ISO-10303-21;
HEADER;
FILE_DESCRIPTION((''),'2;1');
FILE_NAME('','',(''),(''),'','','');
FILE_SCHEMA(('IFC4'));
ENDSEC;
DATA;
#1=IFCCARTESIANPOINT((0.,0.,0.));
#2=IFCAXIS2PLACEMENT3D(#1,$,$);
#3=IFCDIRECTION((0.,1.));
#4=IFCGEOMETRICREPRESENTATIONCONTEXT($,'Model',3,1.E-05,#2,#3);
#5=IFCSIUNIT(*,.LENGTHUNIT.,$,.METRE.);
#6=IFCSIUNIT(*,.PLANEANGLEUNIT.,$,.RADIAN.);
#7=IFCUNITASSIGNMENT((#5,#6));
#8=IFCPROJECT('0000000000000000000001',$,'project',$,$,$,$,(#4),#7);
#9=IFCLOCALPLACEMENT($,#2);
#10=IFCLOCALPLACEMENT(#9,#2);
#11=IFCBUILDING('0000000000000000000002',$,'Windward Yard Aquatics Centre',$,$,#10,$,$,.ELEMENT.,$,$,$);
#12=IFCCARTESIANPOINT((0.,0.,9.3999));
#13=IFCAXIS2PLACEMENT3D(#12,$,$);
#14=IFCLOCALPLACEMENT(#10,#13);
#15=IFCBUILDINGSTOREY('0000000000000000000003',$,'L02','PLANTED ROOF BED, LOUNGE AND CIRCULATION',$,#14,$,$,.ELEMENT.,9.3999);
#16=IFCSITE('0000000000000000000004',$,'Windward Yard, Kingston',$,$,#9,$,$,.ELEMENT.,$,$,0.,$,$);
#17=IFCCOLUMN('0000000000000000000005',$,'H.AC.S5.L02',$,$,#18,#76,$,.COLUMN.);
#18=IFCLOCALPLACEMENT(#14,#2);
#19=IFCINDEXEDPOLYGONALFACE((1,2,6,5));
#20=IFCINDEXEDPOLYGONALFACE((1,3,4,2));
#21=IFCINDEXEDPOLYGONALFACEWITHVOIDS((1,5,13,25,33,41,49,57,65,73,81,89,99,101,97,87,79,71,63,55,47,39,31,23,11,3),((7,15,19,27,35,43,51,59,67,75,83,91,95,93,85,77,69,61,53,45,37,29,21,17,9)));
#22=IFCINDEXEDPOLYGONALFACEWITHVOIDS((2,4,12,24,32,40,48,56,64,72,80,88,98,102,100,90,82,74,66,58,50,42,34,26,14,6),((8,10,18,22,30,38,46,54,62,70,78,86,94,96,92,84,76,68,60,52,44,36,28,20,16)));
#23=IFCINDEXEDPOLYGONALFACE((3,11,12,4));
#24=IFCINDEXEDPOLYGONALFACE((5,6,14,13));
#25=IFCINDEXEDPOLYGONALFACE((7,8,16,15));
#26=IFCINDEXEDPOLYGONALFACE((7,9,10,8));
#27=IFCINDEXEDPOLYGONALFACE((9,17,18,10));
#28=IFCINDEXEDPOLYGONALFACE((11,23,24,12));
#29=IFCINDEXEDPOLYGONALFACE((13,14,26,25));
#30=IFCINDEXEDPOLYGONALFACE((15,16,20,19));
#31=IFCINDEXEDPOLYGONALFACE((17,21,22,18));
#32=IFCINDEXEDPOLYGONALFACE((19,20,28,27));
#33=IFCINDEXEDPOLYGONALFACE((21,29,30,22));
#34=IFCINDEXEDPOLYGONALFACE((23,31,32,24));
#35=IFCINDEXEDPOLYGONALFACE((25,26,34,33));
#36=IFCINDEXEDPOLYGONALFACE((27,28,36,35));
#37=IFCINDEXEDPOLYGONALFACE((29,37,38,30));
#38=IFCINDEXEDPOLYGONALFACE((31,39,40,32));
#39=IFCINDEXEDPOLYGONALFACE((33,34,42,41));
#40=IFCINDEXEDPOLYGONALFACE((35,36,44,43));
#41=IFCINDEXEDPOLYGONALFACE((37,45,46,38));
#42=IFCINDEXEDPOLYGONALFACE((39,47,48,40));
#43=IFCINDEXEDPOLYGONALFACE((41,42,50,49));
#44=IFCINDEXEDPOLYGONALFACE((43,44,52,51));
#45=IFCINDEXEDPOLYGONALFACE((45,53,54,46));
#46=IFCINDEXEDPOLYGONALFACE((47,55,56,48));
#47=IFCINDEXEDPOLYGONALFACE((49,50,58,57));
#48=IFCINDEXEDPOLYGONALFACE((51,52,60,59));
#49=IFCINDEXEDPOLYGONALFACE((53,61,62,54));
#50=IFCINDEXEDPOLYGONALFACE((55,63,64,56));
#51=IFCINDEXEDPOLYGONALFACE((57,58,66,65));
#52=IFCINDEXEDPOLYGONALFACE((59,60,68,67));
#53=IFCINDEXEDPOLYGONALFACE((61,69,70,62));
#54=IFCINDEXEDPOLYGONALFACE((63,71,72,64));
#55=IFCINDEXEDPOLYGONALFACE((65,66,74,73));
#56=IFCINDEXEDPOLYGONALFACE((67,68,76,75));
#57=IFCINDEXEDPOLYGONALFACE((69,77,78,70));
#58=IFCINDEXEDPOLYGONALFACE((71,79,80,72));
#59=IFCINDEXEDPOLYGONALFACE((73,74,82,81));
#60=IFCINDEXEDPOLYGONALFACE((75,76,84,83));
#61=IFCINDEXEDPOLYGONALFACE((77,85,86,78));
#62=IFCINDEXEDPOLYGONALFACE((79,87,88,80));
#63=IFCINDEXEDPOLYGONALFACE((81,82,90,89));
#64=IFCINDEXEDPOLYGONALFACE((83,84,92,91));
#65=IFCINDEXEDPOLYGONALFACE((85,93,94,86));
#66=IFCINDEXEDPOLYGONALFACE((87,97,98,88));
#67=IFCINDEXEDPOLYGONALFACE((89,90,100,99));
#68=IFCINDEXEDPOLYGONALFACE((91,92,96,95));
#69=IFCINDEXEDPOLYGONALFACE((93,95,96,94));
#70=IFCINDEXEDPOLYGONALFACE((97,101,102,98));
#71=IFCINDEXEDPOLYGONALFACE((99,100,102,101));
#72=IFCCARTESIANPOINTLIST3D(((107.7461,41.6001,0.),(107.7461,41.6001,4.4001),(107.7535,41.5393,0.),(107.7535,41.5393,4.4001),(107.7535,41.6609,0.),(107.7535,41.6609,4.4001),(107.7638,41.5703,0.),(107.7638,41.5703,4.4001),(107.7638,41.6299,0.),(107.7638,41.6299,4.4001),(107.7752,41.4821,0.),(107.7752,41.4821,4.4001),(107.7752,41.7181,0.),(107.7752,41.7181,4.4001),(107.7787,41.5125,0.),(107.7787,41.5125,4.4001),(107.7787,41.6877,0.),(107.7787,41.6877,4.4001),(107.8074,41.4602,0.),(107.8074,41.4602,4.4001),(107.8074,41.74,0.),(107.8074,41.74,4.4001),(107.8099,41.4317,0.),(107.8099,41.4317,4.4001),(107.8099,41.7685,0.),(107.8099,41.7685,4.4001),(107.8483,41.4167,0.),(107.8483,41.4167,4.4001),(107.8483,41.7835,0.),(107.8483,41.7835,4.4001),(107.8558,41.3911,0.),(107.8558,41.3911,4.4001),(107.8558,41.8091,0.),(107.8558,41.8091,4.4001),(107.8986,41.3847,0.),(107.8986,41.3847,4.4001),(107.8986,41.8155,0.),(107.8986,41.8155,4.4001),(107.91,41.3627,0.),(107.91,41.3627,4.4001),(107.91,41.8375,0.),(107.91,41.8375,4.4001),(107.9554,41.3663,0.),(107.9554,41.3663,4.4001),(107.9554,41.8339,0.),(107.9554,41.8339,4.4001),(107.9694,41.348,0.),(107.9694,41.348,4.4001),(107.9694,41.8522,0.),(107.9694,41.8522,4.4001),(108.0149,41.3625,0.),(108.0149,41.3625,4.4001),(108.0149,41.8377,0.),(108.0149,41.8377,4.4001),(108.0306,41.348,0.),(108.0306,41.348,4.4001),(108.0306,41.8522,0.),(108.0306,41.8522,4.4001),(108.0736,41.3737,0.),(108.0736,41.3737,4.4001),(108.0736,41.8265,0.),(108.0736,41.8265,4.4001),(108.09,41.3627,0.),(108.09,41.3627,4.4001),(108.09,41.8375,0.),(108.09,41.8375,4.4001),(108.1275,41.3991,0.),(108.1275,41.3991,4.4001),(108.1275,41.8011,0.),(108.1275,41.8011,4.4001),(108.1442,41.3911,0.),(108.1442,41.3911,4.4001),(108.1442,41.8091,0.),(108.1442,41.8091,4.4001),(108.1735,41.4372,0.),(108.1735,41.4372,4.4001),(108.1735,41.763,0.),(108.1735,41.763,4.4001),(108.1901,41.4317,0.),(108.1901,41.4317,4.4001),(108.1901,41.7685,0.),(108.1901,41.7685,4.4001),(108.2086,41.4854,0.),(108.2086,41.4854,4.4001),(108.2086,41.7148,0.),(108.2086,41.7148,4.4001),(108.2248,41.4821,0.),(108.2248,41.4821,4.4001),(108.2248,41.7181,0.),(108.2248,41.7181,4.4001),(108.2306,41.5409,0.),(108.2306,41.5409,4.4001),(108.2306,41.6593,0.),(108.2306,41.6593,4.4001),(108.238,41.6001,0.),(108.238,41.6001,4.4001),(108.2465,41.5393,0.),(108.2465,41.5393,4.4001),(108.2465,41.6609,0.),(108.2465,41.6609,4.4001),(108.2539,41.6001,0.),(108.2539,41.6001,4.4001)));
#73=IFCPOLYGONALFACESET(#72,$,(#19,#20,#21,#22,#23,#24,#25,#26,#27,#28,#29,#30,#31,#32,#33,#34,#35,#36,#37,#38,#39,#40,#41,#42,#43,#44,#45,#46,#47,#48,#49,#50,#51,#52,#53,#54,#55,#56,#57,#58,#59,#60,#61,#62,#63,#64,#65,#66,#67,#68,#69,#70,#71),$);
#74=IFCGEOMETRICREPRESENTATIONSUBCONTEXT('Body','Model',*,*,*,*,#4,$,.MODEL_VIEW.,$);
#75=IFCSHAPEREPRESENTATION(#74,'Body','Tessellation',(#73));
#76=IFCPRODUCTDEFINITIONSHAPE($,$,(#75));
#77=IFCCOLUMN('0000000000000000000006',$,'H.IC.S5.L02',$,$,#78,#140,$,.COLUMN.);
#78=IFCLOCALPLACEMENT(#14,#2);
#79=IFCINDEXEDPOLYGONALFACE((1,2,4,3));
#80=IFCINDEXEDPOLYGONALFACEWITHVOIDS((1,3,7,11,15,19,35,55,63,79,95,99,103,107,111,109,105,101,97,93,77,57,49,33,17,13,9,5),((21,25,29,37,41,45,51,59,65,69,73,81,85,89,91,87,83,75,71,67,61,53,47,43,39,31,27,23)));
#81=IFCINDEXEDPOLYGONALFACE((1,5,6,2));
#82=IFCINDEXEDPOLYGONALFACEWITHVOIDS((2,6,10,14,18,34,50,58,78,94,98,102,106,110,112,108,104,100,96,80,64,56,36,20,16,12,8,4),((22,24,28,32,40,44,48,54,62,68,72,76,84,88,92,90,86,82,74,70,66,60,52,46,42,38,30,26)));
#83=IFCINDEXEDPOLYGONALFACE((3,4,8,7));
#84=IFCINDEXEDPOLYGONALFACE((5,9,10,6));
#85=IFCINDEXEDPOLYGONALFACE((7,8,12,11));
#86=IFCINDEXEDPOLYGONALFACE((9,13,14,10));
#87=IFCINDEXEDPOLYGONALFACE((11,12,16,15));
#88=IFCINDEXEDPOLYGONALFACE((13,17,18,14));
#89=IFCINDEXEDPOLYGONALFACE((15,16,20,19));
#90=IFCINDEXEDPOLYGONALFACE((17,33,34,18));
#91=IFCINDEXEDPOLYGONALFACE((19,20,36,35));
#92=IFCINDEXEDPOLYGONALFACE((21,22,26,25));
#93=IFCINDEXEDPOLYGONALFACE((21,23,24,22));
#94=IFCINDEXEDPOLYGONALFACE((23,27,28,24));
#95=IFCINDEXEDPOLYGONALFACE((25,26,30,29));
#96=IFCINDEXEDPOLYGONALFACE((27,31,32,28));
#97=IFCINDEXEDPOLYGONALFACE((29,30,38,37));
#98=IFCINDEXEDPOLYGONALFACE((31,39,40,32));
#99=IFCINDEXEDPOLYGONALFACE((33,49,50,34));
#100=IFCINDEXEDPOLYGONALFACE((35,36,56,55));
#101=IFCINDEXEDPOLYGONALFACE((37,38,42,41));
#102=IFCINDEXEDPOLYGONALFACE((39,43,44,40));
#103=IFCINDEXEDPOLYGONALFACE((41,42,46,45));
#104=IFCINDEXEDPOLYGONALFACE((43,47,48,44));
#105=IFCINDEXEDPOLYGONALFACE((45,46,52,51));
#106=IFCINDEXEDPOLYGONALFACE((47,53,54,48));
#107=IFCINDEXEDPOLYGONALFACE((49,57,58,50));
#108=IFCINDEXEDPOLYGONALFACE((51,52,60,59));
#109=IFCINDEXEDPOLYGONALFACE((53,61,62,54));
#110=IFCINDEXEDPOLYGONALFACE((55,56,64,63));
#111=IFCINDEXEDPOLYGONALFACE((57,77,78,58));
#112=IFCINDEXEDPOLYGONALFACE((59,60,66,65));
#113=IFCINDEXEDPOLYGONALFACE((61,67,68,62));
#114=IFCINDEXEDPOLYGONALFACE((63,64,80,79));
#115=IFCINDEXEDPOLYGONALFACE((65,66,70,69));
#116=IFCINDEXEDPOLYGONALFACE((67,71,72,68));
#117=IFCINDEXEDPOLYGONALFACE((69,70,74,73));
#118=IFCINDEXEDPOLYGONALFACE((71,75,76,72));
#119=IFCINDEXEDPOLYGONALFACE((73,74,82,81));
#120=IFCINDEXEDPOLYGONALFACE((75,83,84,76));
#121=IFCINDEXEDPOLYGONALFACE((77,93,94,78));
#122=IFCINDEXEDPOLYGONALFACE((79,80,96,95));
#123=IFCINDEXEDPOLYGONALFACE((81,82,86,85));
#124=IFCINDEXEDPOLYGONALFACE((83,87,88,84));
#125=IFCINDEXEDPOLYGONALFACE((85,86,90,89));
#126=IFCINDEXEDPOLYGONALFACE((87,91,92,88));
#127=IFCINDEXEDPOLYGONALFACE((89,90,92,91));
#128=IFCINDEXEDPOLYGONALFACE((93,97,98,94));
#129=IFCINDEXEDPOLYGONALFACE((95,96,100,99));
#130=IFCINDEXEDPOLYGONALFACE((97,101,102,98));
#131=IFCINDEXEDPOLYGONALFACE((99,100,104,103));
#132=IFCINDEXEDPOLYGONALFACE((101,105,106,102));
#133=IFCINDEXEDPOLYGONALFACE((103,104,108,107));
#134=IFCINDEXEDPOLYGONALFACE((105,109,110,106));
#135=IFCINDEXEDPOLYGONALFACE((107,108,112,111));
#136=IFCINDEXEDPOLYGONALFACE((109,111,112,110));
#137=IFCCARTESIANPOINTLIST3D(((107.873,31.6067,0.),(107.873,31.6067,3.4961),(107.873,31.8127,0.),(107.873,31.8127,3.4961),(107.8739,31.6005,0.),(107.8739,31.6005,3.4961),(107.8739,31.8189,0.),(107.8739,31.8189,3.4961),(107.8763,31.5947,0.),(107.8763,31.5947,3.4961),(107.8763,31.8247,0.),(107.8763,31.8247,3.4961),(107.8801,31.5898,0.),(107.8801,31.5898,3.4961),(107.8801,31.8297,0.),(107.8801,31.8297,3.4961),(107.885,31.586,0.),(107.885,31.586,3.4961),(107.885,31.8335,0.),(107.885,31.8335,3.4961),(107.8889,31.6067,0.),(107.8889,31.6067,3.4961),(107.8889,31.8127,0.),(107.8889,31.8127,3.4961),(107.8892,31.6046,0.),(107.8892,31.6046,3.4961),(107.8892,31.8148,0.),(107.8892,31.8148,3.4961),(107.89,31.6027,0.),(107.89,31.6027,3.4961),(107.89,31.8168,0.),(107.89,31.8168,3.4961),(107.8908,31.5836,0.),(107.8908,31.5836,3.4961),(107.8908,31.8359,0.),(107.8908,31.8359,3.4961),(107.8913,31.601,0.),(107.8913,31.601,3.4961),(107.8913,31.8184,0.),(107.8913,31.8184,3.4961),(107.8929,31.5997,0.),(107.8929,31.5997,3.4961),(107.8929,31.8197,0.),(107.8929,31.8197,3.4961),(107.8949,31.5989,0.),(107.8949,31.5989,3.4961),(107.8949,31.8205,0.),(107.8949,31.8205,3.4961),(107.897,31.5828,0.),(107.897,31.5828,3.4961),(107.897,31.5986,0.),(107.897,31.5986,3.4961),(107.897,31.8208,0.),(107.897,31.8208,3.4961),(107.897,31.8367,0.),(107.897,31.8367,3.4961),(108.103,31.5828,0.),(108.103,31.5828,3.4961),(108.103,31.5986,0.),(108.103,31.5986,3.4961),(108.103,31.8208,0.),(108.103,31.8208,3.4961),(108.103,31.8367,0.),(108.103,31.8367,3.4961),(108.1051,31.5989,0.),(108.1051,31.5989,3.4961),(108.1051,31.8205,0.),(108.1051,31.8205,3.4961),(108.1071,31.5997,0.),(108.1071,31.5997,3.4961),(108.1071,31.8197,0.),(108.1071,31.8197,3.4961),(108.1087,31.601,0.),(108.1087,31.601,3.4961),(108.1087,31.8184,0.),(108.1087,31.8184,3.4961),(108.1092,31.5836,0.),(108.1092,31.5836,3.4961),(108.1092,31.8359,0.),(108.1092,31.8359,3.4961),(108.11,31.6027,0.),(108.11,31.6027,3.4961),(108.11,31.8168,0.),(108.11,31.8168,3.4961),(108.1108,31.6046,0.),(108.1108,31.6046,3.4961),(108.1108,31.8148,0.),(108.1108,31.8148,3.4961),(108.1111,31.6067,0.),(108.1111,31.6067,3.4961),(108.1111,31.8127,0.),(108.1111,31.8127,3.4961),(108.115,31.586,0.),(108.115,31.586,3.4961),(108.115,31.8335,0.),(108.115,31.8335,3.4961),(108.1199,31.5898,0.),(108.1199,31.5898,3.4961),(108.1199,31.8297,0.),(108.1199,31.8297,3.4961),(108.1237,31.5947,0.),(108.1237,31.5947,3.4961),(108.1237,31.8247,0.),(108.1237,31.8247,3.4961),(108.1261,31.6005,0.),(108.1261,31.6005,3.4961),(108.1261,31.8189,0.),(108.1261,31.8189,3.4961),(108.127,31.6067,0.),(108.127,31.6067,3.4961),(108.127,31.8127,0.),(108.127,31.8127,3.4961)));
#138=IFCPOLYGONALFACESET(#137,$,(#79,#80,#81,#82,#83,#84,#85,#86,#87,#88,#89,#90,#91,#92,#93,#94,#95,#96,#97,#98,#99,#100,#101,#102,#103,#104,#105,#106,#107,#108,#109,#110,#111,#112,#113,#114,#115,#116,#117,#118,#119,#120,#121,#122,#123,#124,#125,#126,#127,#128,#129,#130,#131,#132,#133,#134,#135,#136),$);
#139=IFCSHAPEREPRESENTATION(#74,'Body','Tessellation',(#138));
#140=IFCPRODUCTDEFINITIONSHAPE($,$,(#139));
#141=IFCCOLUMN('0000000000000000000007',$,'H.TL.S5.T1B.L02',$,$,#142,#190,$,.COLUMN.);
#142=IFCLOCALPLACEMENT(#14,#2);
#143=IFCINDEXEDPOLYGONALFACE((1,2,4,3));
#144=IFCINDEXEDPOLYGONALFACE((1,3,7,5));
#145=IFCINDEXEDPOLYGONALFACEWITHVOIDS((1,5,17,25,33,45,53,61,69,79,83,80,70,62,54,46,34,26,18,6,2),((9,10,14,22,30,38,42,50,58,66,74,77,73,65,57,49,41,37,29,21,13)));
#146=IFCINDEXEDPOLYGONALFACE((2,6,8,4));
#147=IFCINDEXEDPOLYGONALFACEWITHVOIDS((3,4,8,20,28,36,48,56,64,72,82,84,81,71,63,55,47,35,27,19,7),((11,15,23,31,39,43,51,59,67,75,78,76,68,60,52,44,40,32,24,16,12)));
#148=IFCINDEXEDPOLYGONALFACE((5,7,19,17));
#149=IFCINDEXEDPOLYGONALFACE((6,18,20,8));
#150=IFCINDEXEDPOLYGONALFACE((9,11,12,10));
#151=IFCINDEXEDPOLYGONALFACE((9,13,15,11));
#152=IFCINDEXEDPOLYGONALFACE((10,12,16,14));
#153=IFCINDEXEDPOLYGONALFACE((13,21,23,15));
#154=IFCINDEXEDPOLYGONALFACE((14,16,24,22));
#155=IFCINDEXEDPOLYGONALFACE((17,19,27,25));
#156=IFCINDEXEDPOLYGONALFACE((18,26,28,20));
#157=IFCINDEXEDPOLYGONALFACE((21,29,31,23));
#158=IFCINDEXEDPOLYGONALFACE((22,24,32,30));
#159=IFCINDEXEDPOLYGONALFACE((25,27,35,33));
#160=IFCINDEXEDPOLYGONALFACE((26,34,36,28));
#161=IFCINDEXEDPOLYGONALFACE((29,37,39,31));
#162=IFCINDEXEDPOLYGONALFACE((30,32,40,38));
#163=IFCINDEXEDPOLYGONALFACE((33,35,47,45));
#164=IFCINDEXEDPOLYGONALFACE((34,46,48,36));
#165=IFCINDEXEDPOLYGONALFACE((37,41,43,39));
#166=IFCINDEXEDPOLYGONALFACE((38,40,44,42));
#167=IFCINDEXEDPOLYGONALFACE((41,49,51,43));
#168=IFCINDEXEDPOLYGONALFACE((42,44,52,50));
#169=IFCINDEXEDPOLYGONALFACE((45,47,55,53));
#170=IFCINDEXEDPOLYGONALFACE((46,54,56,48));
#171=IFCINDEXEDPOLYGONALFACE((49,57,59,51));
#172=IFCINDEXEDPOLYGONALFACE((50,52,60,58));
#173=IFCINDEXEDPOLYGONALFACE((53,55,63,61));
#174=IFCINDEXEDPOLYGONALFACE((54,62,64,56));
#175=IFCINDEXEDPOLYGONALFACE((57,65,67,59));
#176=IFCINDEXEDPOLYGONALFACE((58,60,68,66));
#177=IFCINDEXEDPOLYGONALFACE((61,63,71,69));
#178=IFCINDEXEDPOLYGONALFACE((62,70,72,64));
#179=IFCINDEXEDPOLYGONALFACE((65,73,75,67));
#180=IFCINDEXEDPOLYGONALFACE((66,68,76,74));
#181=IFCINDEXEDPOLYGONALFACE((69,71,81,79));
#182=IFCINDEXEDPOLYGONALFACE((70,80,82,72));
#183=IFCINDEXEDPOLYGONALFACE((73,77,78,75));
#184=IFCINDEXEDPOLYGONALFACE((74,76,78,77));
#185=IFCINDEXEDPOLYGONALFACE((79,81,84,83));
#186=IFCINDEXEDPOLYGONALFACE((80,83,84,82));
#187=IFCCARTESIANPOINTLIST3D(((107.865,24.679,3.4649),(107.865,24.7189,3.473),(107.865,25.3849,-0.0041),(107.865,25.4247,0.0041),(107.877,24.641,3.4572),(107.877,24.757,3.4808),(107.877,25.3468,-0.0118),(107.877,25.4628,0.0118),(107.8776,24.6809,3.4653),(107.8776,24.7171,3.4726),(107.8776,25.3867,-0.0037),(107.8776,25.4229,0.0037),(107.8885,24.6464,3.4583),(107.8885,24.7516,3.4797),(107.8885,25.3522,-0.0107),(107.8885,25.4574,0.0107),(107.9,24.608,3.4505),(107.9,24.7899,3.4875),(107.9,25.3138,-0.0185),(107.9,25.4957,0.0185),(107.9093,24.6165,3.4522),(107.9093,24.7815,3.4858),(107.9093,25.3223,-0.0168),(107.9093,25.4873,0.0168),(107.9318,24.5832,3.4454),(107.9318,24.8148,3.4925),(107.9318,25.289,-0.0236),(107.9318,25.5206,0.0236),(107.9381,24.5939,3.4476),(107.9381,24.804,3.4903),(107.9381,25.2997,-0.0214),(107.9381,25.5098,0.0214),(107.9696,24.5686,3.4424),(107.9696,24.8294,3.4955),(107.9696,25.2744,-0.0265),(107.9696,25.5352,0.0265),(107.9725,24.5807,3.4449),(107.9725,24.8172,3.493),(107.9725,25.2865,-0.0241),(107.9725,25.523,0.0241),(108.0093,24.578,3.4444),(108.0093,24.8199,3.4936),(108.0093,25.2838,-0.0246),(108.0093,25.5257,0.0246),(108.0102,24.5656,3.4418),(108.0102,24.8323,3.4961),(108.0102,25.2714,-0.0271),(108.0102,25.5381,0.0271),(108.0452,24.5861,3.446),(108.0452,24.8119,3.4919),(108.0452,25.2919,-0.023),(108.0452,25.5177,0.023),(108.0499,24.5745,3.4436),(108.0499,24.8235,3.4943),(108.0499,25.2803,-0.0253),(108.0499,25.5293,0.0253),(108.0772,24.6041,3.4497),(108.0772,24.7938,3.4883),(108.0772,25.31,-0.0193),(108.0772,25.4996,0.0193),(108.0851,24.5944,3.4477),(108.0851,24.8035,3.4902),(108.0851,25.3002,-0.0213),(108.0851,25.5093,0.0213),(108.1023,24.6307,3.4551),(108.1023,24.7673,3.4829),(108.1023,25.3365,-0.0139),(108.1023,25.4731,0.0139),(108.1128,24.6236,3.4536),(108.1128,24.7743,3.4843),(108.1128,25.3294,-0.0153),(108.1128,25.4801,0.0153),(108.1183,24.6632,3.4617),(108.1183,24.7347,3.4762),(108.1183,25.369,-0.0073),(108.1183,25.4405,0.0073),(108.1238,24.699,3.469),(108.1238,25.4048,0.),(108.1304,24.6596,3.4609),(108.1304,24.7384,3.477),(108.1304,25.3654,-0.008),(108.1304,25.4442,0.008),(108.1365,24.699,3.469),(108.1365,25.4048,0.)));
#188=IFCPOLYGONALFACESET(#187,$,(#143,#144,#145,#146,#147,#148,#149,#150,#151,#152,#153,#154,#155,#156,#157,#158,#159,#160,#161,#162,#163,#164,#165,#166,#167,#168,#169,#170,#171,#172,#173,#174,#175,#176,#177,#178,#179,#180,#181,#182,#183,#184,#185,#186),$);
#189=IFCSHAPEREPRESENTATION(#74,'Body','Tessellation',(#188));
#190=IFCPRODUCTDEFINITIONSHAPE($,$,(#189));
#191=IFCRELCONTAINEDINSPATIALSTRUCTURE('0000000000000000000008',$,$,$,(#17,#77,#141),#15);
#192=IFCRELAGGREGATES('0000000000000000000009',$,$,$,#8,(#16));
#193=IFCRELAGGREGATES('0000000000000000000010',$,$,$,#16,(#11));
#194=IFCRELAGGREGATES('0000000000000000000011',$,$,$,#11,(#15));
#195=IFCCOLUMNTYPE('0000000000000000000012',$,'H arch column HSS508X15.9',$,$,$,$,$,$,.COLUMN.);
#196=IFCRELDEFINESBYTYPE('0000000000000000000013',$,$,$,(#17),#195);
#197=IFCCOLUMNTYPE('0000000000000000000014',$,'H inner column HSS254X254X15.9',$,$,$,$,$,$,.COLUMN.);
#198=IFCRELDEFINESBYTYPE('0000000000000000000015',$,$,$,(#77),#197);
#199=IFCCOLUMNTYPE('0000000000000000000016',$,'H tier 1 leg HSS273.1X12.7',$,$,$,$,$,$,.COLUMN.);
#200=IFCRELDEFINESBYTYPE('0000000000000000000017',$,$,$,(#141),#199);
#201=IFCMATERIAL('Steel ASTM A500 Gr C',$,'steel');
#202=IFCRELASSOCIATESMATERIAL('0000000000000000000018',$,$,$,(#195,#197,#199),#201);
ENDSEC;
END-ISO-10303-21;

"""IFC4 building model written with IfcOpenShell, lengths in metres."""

from ifc_helpers import new_model, si_unit, direction, frame, origin, origin_2d, place, context, subcontext, project, spatial, hollow_rectangle, hollow_circle, extrude, material, material_profile, profile_set, type_object, element, save


model = new_model("IFC4")

# Units and contexts
model_context = context("Model", 3, precision=1e-05, world=origin(), true_north=direction((0.0, 1.0)))
body_context = subcontext(model_context, "Body", "Model", "MODEL_VIEW")
ifc_project = project(units=[si_unit("LENGTHUNIT", "METRE"), si_unit("PLANEANGLEUNIT", "RADIAN")], contexts=[model_context])

# Site, building, storey
site_placement = place(None, origin())
site = spatial("IfcSite", under=ifc_project, at=site_placement, Name="Windward Yard, Kingston", CompositionType="ELEMENT", RefElevation=0.0)
building_placement = place(site_placement, origin())
building = spatial("IfcBuilding", under=site, at=building_placement, Name="Windward Yard Aquatics Centre", CompositionType="ELEMENT")
storey_placement = place(building_placement, frame((0.0, 0.0, 9.3999)))
storey = spatial("IfcBuildingStorey", under=building, at=storey_placement, Name="L02", Description="PLANTED ROOF BED, LOUNGE AND CIRCULATION", CompositionType="ELEMENT", Elevation=9.3999)

# Columns
ifc_material_1 = material(Name="Steel ASTM A500 Gr C", Category="steel")
ifc_material_profile_1 = material_profile(ifc_material_1, hollow_circle(Radius=0.2539, WallThickness=0.0159, at=origin_2d()), Name="HSS508X15.9")
ifc_profile_set_1 = profile_set([ifc_material_profile_1], Name="Steel ASTM A500 Gr C")
column_type_1 = type_object("IfcColumnType", Name="H arch column HSS508X15.9", PredefinedType="COLUMN", material=ifc_profile_set_1)
column_1_placement = place(storey_placement, frame((108.0, 41.6001, 0.0), z_axis=(0.0, 0.0, 1.0), x_axis=(1.0, 0.0, 0.0)))
element("IfcColumn", 1, at=column_1_placement, inside=storey, type_object=column_type_1, Name="H.AC.S5.L02", PredefinedType="COLUMN", context=body_context, shape_type="SweptSolid", body=[
    extrude(hollow_circle(Radius=0.2539, WallThickness=0.0159, at=origin_2d()), origin(), (0.0, 0.0, 1.0), 4.4001),
])
ifc_material_profile_2 = material_profile(ifc_material_1, hollow_rectangle(XDim=0.2539, YDim=0.2539, WallThickness=0.0159, InnerFilletRadius=0.0081, OuterFilletRadius=0.0239, at=origin_2d()), Name="HSS254X254X15.9")
ifc_profile_set_2 = profile_set([ifc_material_profile_2], Name="Steel ASTM A500 Gr C")
column_type_2 = type_object("IfcColumnType", Name="H inner column HSS254X254X15.9", PredefinedType="COLUMN", material=ifc_profile_set_2)
column_2_placement = place(storey_placement, frame((108.0, 31.7097, 0.0), z_axis=(0.0, 0.0, 1.0), x_axis=(1.0, 0.0, 0.0)))
element("IfcColumn", 2, at=column_2_placement, inside=storey, type_object=column_type_2, Name="H.IC.S5.L02", PredefinedType="COLUMN", context=body_context, shape_type="SweptSolid", body=[
    extrude(hollow_rectangle(XDim=0.2539, YDim=0.2539, WallThickness=0.0159, InnerFilletRadius=0.0081, OuterFilletRadius=0.0239, at=origin_2d()), origin(), (0.0, 0.0, 1.0), 3.4961),
])
ifc_material_profile_3 = material_profile(ifc_material_1, hollow_circle(Radius=0.1365, WallThickness=0.0127, at=origin_2d()), Name="HSS273.1X12.7")
ifc_profile_set_3 = profile_set([ifc_material_profile_3], Name="Steel ASTM A500 Gr C")
column_type_3 = type_object("IfcColumnType", Name="H tier 1 leg HSS273.1X12.7", PredefinedType="COLUMN", material=ifc_profile_set_3)
column_3_placement = place(storey_placement, frame((108.0, 25.4048, 0.0), z_axis=(0.0, -0.199378, 0.979923), x_axis=(1.0, 0.0, 0.0)))
element("IfcColumn", 3, at=column_3_placement, inside=storey, type_object=column_type_3, Name="H.TL.S5.T1B.L02", PredefinedType="COLUMN", context=body_context, shape_type="SweptSolid", body=[
    extrude(hollow_circle(Radius=0.1365, WallThickness=0.0127, at=origin_2d()), origin(), (0.0, 0.0, 1.0), 3.54),
])

save(model, "model.ifc")
